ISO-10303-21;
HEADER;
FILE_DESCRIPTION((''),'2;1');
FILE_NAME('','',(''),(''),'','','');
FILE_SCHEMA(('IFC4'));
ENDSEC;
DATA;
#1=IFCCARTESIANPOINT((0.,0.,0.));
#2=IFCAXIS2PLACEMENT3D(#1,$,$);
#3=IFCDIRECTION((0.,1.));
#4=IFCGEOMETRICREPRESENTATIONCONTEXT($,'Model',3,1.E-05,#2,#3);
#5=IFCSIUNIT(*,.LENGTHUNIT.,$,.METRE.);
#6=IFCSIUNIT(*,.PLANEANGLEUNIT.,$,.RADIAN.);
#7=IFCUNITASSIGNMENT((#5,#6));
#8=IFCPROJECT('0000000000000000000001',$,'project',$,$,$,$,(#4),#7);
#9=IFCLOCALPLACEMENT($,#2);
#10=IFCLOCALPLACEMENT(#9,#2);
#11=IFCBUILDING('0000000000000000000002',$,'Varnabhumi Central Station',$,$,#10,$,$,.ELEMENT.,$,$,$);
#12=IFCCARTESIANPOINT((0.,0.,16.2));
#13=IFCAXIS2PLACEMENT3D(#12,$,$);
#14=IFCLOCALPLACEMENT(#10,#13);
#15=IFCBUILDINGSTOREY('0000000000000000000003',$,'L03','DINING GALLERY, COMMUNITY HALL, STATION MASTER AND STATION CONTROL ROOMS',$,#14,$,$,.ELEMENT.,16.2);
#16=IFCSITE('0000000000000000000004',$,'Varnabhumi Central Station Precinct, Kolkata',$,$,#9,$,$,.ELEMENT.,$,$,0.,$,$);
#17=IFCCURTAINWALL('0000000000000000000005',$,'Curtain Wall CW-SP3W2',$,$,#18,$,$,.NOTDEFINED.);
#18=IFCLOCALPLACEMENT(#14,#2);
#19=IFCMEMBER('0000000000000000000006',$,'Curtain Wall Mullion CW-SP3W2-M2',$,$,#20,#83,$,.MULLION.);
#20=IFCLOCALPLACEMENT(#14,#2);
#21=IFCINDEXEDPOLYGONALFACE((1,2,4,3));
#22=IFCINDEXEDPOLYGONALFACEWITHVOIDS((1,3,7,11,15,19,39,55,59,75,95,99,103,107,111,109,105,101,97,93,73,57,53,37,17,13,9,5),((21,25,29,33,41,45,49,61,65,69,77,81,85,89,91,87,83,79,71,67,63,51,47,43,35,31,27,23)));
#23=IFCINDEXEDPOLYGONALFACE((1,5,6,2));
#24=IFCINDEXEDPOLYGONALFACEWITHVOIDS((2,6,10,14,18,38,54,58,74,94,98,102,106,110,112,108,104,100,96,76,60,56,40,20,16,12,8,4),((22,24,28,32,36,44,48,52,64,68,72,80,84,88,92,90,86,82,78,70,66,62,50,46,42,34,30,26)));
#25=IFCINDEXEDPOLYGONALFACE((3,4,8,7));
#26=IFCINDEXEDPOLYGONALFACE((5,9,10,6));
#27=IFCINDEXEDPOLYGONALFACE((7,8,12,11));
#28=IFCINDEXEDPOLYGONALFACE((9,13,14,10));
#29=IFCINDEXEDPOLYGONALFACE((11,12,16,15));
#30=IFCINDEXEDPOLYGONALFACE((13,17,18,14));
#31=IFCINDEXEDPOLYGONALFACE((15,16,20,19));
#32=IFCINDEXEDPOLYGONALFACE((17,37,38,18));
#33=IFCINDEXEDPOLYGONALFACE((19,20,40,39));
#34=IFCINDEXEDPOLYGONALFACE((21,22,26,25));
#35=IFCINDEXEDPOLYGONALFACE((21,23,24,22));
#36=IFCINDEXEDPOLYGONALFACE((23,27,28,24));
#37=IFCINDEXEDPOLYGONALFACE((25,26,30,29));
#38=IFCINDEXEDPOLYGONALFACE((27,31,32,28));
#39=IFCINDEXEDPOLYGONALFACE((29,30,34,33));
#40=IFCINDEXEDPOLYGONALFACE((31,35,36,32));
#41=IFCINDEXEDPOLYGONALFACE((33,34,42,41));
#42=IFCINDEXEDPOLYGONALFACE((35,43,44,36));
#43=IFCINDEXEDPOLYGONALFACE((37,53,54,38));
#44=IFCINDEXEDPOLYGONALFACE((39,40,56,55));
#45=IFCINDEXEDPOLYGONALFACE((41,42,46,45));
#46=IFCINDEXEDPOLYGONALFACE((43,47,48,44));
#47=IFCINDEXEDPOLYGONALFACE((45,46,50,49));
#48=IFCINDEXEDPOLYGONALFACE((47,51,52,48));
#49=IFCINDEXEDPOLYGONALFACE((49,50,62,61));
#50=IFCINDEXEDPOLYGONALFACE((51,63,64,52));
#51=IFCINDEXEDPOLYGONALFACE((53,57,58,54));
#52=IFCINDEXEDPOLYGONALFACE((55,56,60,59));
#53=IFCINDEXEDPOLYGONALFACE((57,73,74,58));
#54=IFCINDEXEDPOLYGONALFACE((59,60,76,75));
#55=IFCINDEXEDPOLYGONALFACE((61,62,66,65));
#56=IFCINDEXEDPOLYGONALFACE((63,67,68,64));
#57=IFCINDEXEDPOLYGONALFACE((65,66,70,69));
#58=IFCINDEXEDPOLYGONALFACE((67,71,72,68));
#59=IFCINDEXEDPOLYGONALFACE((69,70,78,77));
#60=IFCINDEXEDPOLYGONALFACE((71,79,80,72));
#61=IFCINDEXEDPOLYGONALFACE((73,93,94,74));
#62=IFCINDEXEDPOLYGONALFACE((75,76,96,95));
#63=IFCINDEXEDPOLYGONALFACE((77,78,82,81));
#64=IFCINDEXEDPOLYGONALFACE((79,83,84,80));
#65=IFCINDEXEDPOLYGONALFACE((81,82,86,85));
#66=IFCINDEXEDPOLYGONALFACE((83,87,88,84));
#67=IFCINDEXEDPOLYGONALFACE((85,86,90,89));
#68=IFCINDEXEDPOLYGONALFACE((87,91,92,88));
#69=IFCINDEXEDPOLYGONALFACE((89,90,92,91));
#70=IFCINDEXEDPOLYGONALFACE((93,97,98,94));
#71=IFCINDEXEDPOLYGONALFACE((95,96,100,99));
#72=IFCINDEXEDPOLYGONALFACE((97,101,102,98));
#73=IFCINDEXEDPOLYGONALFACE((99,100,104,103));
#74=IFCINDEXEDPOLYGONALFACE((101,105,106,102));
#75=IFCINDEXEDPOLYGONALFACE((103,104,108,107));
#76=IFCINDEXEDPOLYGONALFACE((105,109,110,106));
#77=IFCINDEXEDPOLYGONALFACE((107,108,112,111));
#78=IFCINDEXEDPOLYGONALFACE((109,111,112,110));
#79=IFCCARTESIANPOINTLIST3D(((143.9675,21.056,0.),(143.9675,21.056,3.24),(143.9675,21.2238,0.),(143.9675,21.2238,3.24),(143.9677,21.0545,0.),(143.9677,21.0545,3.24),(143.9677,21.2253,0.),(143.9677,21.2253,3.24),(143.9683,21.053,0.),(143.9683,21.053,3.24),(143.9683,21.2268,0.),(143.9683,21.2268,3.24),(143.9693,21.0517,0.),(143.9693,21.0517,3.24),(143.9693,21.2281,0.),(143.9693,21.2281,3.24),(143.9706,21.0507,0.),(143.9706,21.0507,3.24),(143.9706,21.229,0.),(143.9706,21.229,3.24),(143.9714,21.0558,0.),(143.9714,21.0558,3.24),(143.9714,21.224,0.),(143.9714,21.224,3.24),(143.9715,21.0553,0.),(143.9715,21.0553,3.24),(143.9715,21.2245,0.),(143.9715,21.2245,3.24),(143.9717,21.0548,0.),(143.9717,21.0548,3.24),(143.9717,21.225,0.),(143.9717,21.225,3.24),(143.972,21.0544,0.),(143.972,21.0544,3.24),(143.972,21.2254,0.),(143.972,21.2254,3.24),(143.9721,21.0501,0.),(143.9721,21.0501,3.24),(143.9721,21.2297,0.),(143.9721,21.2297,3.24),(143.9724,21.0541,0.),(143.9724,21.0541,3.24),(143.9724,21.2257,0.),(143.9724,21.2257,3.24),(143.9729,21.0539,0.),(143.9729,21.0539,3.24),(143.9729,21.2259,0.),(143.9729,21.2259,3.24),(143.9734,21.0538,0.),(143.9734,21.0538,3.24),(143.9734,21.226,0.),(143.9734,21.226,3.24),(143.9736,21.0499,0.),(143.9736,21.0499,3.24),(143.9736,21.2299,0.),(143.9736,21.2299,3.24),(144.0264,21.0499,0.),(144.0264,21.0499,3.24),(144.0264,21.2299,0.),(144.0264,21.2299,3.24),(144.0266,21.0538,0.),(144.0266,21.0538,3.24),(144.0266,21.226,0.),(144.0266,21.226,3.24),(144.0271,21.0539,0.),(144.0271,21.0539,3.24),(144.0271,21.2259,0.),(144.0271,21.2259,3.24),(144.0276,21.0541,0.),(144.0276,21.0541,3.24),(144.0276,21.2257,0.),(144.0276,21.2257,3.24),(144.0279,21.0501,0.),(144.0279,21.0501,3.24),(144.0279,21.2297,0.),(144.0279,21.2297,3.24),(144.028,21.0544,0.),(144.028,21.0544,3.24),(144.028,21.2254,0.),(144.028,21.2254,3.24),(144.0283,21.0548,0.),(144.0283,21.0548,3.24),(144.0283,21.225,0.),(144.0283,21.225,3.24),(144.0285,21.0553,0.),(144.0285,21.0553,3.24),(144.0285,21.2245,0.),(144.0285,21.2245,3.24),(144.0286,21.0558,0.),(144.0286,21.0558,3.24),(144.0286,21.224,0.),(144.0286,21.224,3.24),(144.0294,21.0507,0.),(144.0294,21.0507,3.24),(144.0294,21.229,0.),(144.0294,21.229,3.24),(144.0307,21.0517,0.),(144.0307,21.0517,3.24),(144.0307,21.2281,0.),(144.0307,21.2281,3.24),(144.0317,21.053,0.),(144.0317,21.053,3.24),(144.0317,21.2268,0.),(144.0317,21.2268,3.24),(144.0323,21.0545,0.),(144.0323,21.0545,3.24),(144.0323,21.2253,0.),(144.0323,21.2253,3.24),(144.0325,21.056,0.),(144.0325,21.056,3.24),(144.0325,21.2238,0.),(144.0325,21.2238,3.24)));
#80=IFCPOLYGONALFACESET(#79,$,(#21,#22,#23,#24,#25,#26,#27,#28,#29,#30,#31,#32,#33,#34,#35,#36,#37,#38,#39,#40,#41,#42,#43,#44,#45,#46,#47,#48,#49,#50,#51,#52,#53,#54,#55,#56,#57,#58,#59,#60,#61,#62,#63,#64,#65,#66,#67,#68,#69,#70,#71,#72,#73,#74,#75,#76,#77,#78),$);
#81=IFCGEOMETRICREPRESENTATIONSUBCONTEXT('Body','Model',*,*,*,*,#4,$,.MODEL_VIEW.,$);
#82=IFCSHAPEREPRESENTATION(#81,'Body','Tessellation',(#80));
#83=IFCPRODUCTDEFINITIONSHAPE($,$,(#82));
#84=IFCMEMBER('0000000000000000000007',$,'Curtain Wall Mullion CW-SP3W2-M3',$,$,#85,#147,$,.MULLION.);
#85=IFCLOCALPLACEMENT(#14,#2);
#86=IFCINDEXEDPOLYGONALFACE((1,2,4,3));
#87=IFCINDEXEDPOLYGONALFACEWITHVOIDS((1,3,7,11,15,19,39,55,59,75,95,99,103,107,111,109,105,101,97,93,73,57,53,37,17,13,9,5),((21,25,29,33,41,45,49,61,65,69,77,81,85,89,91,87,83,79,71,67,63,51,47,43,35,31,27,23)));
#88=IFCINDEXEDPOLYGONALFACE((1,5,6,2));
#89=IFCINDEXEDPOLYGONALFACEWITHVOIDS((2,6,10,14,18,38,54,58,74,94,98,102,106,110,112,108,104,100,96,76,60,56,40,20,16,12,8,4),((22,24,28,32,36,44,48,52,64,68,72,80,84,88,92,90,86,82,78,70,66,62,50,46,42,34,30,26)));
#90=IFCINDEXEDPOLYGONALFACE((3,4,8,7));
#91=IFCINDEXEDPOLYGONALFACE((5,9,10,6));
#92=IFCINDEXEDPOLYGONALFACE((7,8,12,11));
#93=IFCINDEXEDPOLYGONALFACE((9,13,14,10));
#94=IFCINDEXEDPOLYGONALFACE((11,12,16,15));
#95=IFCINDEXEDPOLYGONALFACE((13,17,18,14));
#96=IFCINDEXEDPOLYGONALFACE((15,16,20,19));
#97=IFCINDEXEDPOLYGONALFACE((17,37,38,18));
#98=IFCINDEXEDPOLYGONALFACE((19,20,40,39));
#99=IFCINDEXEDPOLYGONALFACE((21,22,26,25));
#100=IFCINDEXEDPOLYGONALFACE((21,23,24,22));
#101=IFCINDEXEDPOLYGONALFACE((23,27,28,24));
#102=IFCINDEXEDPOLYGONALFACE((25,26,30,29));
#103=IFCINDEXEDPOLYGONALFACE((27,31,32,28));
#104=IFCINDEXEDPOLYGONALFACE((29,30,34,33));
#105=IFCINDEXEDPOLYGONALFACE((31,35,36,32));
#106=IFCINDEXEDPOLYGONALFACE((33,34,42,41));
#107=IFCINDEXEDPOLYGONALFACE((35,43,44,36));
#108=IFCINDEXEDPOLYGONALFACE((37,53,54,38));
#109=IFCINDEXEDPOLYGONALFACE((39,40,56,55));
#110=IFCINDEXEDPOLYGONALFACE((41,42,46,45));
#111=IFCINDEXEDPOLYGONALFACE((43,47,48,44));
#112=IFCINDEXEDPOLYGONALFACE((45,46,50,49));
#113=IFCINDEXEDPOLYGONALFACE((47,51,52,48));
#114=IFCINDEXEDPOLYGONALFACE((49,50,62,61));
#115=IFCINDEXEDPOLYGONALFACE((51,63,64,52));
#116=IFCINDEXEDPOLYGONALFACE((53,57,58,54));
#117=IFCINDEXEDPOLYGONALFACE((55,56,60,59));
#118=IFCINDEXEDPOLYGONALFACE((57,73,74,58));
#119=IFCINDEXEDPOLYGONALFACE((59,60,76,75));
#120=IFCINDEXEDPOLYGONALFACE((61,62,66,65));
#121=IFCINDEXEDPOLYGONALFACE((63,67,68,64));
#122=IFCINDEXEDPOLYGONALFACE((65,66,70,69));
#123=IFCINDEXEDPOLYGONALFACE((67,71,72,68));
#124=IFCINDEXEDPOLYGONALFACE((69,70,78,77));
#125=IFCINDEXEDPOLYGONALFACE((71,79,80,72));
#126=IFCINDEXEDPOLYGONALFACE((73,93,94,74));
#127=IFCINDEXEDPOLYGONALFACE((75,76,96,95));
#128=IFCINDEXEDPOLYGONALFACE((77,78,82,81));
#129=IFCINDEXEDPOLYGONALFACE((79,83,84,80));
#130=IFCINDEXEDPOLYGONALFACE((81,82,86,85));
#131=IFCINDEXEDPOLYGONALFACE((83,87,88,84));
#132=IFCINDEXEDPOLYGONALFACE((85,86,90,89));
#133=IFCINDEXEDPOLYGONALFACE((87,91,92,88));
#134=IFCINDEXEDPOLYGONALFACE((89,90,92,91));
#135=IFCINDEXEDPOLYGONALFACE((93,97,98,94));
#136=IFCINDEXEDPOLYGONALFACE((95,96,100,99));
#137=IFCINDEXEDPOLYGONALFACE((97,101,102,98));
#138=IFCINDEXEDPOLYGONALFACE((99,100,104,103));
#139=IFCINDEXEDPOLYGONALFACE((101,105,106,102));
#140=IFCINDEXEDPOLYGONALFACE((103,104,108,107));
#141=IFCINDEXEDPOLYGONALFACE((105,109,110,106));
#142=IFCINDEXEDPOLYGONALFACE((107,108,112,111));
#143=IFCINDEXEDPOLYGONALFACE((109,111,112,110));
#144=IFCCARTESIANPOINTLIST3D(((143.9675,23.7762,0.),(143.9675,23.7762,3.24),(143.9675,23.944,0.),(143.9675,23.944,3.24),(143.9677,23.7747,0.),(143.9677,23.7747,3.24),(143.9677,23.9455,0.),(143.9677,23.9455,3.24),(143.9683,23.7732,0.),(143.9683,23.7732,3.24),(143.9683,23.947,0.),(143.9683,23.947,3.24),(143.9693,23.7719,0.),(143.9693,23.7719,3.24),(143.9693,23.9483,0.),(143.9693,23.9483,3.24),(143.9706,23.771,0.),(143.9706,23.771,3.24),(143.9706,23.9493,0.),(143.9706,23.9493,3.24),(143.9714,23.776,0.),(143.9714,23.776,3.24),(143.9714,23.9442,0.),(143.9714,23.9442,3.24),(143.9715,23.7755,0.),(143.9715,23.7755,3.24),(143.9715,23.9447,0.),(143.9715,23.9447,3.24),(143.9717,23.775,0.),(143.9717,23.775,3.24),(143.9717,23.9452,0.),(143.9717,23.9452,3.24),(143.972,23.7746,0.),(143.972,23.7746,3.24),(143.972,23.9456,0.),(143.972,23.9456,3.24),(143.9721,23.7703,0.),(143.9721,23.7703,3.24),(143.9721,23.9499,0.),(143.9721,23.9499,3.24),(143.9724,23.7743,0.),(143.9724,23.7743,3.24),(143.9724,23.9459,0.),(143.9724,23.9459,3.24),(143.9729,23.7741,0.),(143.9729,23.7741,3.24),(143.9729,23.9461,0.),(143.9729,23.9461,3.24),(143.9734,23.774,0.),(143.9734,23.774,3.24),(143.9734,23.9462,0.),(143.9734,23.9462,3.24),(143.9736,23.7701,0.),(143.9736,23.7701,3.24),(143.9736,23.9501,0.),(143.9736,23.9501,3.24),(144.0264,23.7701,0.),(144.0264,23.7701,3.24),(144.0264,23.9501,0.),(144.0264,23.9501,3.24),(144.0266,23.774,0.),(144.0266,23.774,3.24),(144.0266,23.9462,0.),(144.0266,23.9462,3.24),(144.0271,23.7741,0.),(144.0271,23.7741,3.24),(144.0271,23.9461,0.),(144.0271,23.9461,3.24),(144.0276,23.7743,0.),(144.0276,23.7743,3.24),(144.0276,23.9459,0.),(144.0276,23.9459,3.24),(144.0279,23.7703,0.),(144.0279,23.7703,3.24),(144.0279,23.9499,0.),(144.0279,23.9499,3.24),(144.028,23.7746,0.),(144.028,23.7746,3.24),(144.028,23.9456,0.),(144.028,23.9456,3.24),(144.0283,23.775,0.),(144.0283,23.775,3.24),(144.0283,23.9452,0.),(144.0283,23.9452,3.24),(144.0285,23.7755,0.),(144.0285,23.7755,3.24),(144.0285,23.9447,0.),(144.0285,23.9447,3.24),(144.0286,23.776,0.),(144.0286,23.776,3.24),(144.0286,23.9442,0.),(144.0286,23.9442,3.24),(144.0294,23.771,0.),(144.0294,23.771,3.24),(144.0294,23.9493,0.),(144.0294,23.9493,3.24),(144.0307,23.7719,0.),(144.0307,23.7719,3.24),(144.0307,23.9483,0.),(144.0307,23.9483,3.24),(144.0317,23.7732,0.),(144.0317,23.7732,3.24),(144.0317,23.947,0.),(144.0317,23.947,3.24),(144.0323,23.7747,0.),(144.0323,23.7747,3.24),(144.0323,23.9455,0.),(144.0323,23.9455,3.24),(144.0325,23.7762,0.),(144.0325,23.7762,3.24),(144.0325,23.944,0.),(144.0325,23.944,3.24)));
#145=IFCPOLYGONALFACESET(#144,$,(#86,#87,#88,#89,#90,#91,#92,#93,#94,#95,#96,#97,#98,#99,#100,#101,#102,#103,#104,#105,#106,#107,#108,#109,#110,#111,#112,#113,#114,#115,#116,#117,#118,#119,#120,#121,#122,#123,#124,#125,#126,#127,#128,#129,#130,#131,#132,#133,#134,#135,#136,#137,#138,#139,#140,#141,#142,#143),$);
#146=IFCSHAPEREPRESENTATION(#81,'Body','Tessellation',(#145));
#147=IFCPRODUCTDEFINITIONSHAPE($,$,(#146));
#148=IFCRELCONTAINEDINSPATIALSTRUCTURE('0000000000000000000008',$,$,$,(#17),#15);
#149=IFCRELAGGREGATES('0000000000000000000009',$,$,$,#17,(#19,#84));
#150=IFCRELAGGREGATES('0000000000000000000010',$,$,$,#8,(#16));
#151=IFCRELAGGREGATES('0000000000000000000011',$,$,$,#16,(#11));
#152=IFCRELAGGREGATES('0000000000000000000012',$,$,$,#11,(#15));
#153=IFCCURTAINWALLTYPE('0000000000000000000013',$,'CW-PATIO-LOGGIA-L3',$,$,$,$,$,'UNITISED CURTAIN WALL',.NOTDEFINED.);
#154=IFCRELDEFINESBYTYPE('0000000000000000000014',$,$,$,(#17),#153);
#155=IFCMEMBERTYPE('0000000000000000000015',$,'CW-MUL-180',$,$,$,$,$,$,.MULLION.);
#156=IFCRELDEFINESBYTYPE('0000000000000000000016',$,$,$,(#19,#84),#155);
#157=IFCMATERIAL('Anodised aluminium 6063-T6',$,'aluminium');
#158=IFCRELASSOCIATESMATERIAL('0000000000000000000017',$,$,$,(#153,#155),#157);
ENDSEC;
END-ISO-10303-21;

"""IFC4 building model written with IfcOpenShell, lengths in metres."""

from ifc_helpers import new_model, si_unit, direction, frame, origin, origin_2d, place, context, subcontext, project, spatial, hollow_rectangle, extrude, material, material_profile, profile_set, type_object, element, aggregate, save


model = new_model("IFC4")

# Units and contexts
model_context = context("Model", 3, precision=1e-05, world=origin(), true_north=direction((0.0, 1.0)))
body_context = subcontext(model_context, "Body", "Model", "MODEL_VIEW")
ifc_project = project(units=[si_unit("LENGTHUNIT", "METRE"), si_unit("PLANEANGLEUNIT", "RADIAN")], contexts=[model_context])

# Site, building, storey
site_placement = place(None, origin())
site = spatial("IfcSite", under=ifc_project, at=site_placement, Name="Varnabhumi Central Station Precinct, Kolkata", CompositionType="ELEMENT", RefElevation=0.0)
building_placement = place(site_placement, origin())
building = spatial("IfcBuilding", under=site, at=building_placement, Name="Varnabhumi Central Station", CompositionType="ELEMENT")
storey_placement = place(building_placement, frame((0.0, 0.0, 16.2)))
storey = spatial("IfcBuildingStorey", under=building, at=storey_placement, Name="L03", Description="DINING GALLERY, COMMUNITY HALL, STATION MASTER AND STATION CONTROL ROOMS", CompositionType="ELEMENT", Elevation=16.2)

# Curtain wall, members
ifc_material_1 = material(Name="Anodised aluminium 6063-T6", Category="aluminium")
curtain_wall_type = type_object("IfcCurtainWallType", Name="CW-PATIO-LOGGIA-L3", ElementType="UNITISED CURTAIN WALL", PredefinedType="NOTDEFINED", material=ifc_material_1)
ifc_material_profile_1 = material_profile(ifc_material_1, hollow_rectangle(XDim=0.0649, YDim=0.1799, WallThickness=0.0039, InnerFilletRadius=0.002, OuterFilletRadius=0.0061, at=origin_2d()), Name="Anodised aluminium 6063-T6", Category="aluminium")
ifc_profile_set_1 = profile_set([ifc_material_profile_1], Name="Anodised aluminium 6063-T6")
member_type_1 = type_object("IfcMemberType", Name="CW-MUL-180", PredefinedType="MULLION", material=ifc_profile_set_1)
curtain_wall_1_placement = place(storey_placement, origin())
curtain_wall_1 = element("IfcCurtainWall", 1, at=curtain_wall_1_placement, inside=storey, type_object=curtain_wall_type, Name="Curtain Wall CW-SP3W2", PredefinedType="NOTDEFINED")
member_1_placement = place(storey_placement, frame((144.0, 21.1399, 0.0), z_axis=(0.0, 0.0, 1.0), x_axis=(1.0, 0.0, 0.0)))
member_1 = element("IfcMember", 2, at=member_1_placement, type_object=member_type_1, Name="Curtain Wall Mullion CW-SP3W2-M2", PredefinedType="MULLION", context=body_context, shape_type="SweptSolid", body=[
    extrude(hollow_rectangle(XDim=0.0649, YDim=0.1799, WallThickness=0.0039, InnerFilletRadius=0.002, OuterFilletRadius=0.0061, at=origin_2d()), origin(), (0.0, 0.0, 1.0), 3.24),
])
member_2_placement = place(storey_placement, frame((144.0, 23.8601, 0.0), z_axis=(0.0, 0.0, 1.0), x_axis=(1.0, 0.0, 0.0)))
member_2 = element("IfcMember", 3, at=member_2_placement, type_object=member_type_1, Name="Curtain Wall Mullion CW-SP3W2-M3", PredefinedType="MULLION", context=body_context, shape_type="SweptSolid", body=[
    extrude(hollow_rectangle(XDim=0.0649, YDim=0.1799, WallThickness=0.0039, InnerFilletRadius=0.002, OuterFilletRadius=0.0061, at=origin_2d()), origin(), (0.0, 0.0, 1.0), 3.24),
])

aggregate(curtain_wall_1, [member_1, member_2])

save(model, "model.ifc")
